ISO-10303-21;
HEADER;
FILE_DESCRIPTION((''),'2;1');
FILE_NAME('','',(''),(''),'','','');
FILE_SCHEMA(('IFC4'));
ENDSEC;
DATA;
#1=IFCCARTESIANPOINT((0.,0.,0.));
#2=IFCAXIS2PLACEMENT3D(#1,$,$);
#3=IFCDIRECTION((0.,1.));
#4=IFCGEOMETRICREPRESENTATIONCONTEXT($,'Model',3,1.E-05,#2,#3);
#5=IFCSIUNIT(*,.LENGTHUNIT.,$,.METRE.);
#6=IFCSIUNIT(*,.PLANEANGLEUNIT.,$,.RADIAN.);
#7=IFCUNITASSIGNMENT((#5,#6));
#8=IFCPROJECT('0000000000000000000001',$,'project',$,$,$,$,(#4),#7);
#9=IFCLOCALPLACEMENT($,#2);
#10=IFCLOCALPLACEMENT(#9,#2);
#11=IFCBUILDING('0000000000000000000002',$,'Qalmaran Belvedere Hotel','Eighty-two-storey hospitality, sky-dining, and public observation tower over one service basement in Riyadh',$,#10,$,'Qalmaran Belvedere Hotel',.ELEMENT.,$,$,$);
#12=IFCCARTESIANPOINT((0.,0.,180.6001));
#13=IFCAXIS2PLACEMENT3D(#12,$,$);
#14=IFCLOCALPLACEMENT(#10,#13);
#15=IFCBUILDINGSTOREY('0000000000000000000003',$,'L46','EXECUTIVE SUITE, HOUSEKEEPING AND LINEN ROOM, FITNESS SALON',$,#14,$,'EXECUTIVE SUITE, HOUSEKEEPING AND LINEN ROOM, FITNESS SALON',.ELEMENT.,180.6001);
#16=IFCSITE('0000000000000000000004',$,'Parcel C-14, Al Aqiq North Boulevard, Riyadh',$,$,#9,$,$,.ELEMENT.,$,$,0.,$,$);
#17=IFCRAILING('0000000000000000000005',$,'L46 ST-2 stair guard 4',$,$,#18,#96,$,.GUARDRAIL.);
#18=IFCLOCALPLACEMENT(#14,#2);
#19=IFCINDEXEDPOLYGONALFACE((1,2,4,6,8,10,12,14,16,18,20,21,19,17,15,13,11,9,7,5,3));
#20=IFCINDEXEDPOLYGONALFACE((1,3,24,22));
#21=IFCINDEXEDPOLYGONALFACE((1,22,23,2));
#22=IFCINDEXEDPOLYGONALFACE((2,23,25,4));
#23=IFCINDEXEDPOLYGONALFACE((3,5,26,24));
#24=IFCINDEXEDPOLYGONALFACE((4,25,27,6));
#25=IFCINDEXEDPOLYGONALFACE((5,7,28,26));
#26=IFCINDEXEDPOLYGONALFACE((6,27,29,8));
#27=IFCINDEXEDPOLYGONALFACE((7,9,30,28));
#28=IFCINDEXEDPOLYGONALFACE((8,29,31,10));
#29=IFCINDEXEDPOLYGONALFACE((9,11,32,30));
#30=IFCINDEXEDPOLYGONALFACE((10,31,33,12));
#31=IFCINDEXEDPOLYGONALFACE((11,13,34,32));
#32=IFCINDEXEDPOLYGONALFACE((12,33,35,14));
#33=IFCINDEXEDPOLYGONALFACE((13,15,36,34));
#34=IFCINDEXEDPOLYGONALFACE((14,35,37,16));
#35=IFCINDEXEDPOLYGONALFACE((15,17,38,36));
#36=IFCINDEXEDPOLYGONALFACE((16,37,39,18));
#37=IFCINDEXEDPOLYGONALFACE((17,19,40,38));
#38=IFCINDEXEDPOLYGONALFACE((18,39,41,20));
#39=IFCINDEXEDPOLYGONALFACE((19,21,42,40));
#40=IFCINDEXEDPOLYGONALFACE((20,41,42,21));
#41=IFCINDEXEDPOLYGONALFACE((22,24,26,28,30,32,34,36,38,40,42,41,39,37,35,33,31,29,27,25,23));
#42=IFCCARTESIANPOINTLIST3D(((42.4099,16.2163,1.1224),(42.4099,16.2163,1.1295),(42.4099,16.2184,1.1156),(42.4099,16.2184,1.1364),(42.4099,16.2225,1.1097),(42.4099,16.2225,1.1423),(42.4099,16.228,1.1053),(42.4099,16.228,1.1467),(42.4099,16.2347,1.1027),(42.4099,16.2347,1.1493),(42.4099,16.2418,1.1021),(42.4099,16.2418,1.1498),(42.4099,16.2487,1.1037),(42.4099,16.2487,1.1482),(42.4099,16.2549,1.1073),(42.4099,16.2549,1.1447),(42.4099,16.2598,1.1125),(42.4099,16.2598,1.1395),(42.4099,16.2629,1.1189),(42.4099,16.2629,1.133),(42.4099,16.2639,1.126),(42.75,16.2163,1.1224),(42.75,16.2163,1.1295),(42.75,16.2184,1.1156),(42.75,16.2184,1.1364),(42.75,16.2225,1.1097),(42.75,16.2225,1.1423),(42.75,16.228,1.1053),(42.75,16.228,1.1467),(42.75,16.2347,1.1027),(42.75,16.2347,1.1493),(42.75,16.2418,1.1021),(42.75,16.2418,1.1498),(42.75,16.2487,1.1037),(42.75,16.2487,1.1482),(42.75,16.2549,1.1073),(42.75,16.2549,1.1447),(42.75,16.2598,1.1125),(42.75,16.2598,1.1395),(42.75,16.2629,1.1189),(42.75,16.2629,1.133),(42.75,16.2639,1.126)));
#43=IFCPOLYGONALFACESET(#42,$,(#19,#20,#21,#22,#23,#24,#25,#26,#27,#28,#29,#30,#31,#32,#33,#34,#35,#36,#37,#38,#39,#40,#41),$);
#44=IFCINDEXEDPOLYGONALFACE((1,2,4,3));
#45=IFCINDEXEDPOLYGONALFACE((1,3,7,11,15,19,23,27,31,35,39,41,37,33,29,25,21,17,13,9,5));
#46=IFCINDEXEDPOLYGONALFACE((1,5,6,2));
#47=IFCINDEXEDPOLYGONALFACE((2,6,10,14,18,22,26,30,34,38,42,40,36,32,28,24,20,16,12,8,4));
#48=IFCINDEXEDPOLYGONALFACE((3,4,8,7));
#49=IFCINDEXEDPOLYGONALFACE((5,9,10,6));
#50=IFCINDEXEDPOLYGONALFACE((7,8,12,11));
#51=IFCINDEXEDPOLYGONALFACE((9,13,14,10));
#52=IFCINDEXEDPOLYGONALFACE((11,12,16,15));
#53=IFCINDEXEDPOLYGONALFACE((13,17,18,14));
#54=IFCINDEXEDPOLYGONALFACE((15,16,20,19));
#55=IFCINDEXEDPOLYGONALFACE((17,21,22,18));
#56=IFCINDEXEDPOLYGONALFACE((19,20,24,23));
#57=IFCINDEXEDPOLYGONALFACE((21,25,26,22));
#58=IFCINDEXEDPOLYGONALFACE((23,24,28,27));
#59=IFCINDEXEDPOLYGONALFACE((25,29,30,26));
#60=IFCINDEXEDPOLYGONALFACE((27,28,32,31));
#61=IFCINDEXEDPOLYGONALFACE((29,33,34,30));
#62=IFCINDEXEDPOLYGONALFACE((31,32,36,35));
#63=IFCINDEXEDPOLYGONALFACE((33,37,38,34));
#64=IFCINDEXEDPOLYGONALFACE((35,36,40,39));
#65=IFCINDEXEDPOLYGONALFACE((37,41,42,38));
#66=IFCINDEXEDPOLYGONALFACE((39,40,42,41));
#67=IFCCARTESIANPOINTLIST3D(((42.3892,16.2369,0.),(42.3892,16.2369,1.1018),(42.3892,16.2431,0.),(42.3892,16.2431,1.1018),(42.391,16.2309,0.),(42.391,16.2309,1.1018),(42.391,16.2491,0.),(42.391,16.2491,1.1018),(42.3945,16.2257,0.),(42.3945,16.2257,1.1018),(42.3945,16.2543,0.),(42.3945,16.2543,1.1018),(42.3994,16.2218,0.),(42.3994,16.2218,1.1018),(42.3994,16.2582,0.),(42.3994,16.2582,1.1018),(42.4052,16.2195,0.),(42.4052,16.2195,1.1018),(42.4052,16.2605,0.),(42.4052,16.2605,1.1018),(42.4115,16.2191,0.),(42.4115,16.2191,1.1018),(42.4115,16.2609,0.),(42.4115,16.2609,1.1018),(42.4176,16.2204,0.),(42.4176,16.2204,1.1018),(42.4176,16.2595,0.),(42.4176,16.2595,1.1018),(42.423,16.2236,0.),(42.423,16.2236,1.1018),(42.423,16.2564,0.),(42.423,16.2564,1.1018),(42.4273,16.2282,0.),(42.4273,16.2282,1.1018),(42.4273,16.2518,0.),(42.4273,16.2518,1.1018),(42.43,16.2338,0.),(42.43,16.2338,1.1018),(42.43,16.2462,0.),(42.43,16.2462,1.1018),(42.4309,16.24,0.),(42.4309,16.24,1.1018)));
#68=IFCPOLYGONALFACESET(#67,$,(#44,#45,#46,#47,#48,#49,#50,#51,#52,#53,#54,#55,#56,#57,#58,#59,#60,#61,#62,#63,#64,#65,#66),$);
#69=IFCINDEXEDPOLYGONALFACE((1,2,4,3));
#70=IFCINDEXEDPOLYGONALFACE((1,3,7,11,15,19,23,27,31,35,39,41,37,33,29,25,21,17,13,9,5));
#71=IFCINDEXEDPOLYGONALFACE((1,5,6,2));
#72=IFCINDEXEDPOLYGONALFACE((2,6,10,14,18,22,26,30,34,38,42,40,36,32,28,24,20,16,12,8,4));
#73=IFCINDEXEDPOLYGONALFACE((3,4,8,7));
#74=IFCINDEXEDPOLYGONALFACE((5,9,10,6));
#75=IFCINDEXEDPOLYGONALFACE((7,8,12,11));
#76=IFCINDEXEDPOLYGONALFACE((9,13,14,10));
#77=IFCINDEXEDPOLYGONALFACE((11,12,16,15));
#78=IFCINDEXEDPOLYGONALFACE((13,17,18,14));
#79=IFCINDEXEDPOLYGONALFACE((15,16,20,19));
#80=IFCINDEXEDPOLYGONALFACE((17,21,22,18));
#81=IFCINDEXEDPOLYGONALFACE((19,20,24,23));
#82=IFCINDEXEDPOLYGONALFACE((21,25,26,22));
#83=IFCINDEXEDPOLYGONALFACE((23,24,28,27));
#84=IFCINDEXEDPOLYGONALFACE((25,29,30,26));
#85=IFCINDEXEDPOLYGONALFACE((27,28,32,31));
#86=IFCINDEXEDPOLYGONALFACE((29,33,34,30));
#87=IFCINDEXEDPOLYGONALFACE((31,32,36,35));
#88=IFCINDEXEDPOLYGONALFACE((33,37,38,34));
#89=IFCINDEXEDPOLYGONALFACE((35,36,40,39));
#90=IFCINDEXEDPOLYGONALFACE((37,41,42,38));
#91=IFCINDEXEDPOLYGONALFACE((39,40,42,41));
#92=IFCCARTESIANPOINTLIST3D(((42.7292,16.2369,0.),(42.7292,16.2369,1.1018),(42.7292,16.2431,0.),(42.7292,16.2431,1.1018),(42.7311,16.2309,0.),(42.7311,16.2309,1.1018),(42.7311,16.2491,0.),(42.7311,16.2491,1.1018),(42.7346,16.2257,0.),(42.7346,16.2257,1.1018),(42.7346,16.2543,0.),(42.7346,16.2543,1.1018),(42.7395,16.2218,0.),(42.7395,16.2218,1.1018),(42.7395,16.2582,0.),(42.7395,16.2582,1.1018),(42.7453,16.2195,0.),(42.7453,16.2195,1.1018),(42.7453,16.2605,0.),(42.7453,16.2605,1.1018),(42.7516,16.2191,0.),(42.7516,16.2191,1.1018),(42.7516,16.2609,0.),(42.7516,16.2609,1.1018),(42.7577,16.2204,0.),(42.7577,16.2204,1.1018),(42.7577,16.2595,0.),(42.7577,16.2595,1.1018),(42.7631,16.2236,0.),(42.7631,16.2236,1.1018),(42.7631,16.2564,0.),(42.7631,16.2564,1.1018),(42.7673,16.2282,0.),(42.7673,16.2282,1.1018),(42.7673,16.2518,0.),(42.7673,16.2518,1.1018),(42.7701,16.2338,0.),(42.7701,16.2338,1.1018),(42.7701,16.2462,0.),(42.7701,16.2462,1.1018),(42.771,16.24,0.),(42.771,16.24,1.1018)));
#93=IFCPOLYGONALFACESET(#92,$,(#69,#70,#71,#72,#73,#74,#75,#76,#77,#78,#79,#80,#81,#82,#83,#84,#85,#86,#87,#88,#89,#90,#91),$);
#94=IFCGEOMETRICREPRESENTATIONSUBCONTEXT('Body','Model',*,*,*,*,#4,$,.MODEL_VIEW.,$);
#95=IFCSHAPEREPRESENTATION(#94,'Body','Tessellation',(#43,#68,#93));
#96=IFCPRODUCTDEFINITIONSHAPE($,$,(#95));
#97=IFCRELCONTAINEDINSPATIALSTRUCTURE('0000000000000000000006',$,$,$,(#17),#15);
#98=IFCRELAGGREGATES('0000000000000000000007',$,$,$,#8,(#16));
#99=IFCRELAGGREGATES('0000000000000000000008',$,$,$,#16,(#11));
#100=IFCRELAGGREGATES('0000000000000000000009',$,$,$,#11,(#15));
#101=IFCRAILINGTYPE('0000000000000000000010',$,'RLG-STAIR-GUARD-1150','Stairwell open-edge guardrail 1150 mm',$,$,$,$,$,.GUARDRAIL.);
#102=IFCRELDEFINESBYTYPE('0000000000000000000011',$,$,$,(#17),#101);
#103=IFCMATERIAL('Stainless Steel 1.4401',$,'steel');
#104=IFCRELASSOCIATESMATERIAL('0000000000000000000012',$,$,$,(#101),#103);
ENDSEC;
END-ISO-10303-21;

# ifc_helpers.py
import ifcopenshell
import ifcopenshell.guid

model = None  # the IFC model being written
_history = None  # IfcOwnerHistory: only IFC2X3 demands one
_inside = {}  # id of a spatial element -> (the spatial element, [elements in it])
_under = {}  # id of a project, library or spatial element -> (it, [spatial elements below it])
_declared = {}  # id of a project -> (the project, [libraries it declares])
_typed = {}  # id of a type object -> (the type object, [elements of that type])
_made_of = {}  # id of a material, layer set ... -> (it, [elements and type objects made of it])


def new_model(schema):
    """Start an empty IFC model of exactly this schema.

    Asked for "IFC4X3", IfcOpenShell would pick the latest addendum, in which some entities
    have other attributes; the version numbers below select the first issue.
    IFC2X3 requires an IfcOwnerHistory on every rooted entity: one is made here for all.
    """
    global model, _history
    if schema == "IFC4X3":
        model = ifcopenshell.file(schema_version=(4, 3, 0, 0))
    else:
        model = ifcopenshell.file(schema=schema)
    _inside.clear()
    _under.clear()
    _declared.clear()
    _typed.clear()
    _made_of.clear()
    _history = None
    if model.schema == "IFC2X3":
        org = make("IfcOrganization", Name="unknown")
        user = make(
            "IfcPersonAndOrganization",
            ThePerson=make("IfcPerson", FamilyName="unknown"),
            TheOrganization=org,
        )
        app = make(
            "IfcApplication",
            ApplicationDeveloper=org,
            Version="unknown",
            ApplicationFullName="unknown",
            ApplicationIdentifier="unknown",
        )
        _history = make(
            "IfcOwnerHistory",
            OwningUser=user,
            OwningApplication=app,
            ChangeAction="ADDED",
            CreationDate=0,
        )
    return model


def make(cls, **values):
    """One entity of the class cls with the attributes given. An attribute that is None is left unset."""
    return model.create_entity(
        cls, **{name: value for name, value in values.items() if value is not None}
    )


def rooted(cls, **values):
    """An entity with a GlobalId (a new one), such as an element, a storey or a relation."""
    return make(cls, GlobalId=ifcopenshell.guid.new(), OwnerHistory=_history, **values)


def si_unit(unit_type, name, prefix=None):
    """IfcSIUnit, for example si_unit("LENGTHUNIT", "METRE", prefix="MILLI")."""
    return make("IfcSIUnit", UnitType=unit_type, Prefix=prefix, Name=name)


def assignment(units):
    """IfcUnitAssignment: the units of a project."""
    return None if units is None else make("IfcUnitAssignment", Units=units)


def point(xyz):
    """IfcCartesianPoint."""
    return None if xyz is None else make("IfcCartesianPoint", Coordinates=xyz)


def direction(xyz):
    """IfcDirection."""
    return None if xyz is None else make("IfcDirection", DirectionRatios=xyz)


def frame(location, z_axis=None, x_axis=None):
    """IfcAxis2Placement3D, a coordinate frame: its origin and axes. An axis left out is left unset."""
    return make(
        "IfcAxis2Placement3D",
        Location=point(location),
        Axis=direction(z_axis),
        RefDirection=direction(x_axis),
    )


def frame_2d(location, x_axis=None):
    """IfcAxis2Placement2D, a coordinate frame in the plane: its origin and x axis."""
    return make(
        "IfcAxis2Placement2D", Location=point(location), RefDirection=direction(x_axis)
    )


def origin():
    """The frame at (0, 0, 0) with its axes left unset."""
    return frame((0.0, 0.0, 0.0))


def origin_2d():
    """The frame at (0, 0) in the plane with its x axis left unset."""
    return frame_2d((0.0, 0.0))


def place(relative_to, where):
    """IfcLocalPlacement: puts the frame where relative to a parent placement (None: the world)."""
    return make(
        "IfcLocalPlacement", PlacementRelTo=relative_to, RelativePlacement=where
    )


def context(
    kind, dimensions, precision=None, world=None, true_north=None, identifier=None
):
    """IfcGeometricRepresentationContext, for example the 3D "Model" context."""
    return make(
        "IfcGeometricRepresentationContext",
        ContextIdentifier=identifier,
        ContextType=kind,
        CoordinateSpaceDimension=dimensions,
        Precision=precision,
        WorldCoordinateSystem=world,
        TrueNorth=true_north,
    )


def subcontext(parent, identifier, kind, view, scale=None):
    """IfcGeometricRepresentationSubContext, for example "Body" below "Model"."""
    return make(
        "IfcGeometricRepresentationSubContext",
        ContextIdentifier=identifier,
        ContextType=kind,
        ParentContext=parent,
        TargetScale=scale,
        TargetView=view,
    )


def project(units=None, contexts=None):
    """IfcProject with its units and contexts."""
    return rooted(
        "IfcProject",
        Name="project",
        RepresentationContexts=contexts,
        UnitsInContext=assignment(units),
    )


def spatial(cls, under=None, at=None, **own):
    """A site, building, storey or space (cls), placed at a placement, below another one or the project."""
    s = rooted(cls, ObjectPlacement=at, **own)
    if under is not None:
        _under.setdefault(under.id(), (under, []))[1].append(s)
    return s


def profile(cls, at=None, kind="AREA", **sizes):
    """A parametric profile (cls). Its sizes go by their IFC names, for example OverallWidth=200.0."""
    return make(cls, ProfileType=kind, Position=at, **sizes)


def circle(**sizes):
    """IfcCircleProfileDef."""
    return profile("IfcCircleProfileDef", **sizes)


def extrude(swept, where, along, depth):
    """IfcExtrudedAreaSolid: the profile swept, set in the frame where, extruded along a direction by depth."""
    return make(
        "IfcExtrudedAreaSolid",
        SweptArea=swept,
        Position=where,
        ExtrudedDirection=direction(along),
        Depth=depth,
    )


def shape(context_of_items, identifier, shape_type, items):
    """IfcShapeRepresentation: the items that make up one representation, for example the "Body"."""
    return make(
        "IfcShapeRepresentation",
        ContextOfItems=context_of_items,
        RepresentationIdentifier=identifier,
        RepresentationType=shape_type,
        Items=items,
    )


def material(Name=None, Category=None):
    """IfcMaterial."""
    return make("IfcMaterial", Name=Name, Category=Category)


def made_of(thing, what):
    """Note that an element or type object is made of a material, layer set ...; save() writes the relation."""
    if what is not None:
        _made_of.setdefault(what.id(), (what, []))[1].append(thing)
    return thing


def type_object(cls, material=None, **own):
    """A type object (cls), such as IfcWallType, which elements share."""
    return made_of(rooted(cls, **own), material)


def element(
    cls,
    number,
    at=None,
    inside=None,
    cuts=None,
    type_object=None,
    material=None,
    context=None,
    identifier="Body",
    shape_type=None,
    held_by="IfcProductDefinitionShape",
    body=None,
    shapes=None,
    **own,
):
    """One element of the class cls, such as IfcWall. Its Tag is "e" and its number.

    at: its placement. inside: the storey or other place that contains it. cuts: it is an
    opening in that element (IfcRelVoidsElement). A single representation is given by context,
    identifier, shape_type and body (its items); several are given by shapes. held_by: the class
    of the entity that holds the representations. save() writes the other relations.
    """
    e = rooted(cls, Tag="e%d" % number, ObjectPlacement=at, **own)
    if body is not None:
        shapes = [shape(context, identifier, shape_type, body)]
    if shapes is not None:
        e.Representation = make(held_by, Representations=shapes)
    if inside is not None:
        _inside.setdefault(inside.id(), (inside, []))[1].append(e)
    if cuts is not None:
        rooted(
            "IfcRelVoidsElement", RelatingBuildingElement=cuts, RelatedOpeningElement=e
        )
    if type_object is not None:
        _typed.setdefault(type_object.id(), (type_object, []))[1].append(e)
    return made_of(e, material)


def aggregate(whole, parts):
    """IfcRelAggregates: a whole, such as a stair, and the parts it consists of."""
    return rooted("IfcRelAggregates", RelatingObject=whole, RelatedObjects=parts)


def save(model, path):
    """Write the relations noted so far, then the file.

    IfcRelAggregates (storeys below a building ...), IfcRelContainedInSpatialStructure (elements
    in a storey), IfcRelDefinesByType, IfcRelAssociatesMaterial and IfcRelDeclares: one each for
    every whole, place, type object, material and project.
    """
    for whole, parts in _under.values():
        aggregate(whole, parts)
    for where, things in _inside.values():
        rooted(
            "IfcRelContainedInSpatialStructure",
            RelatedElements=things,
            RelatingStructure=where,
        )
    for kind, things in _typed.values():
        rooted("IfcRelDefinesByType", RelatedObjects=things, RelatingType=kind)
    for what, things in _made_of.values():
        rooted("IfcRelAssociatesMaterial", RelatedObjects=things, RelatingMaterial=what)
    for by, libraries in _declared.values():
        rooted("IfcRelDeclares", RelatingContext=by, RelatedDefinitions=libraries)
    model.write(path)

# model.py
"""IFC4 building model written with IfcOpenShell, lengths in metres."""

from ifc_helpers import new_model, si_unit, direction, frame, origin, origin_2d, place, context, subcontext, project, spatial, circle, extrude, material, type_object, element, save


model = new_model("IFC4")

# Units and contexts
model_context = context("Model", 3, precision=1e-05, world=origin(), true_north=direction((0.0, 1.0)))
body_context = subcontext(model_context, "Body", "Model", "MODEL_VIEW")
ifc_project = project(units=[si_unit("LENGTHUNIT", "METRE"), si_unit("PLANEANGLEUNIT", "RADIAN")], contexts=[model_context])

# Site, building, storey
site_placement = place(None, origin())
site = spatial("IfcSite", under=ifc_project, at=site_placement, Name="Parcel C-14, Al Aqiq North Boulevard, Riyadh", CompositionType="ELEMENT", RefElevation=0.0)
building_placement = place(site_placement, origin())
building = spatial("IfcBuilding", under=site, at=building_placement, Name="Qalmaran Belvedere Hotel", Description="Eighty-two-storey hospitality, sky-dining, and public observation tower over one service basement in Riyadh", LongName="Qalmaran Belvedere Hotel", CompositionType="ELEMENT")
storey_placement = place(building_placement, frame((0.0, 0.0, 180.6001)))
storey = spatial("IfcBuildingStorey", under=building, at=storey_placement, Name="L46", Description="EXECUTIVE SUITE, HOUSEKEEPING AND LINEN ROOM, FITNESS SALON", LongName="EXECUTIVE SUITE, HOUSEKEEPING AND LINEN ROOM, FITNESS SALON", CompositionType="ELEMENT", Elevation=180.6001)

# Railing
ifc_material_1 = material(Name="Stainless Steel 1.4401", Category="steel")
railing_type_1 = type_object("IfcRailingType", Name="RLG-STAIR-GUARD-1150", Description="Stairwell open-edge guardrail 1150 mm", PredefinedType="GUARDRAIL", material=ifc_material_1)
railing_1_placement = place(storey_placement, frame((42.4099, 16.24, 0.0)))
element("IfcRailing", 1, at=railing_1_placement, inside=storey, type_object=railing_type_1, Name="L46 ST-2 stair guard 4", PredefinedType="GUARDRAIL", context=body_context, shape_type="SweptSolid", body=[
    extrude(circle(Radius=0.0239, at=origin_2d()), frame((0.0, 0.0, 1.126), z_axis=(1.0, 0.0, 0.0), x_axis=(0.0, 1.0, 0.0)), (0.0, 0.0, 1.0), 0.3401),
    extrude(circle(Radius=0.021, at=origin_2d()), origin(), (0.0, 0.0, 1.0), 1.1018),
    extrude(circle(Radius=0.021, at=origin_2d()), frame((0.3401, 0.0, 0.0)), (0.0, 0.0, 1.0), 1.1018),
])

save(model, "model.ifc")
